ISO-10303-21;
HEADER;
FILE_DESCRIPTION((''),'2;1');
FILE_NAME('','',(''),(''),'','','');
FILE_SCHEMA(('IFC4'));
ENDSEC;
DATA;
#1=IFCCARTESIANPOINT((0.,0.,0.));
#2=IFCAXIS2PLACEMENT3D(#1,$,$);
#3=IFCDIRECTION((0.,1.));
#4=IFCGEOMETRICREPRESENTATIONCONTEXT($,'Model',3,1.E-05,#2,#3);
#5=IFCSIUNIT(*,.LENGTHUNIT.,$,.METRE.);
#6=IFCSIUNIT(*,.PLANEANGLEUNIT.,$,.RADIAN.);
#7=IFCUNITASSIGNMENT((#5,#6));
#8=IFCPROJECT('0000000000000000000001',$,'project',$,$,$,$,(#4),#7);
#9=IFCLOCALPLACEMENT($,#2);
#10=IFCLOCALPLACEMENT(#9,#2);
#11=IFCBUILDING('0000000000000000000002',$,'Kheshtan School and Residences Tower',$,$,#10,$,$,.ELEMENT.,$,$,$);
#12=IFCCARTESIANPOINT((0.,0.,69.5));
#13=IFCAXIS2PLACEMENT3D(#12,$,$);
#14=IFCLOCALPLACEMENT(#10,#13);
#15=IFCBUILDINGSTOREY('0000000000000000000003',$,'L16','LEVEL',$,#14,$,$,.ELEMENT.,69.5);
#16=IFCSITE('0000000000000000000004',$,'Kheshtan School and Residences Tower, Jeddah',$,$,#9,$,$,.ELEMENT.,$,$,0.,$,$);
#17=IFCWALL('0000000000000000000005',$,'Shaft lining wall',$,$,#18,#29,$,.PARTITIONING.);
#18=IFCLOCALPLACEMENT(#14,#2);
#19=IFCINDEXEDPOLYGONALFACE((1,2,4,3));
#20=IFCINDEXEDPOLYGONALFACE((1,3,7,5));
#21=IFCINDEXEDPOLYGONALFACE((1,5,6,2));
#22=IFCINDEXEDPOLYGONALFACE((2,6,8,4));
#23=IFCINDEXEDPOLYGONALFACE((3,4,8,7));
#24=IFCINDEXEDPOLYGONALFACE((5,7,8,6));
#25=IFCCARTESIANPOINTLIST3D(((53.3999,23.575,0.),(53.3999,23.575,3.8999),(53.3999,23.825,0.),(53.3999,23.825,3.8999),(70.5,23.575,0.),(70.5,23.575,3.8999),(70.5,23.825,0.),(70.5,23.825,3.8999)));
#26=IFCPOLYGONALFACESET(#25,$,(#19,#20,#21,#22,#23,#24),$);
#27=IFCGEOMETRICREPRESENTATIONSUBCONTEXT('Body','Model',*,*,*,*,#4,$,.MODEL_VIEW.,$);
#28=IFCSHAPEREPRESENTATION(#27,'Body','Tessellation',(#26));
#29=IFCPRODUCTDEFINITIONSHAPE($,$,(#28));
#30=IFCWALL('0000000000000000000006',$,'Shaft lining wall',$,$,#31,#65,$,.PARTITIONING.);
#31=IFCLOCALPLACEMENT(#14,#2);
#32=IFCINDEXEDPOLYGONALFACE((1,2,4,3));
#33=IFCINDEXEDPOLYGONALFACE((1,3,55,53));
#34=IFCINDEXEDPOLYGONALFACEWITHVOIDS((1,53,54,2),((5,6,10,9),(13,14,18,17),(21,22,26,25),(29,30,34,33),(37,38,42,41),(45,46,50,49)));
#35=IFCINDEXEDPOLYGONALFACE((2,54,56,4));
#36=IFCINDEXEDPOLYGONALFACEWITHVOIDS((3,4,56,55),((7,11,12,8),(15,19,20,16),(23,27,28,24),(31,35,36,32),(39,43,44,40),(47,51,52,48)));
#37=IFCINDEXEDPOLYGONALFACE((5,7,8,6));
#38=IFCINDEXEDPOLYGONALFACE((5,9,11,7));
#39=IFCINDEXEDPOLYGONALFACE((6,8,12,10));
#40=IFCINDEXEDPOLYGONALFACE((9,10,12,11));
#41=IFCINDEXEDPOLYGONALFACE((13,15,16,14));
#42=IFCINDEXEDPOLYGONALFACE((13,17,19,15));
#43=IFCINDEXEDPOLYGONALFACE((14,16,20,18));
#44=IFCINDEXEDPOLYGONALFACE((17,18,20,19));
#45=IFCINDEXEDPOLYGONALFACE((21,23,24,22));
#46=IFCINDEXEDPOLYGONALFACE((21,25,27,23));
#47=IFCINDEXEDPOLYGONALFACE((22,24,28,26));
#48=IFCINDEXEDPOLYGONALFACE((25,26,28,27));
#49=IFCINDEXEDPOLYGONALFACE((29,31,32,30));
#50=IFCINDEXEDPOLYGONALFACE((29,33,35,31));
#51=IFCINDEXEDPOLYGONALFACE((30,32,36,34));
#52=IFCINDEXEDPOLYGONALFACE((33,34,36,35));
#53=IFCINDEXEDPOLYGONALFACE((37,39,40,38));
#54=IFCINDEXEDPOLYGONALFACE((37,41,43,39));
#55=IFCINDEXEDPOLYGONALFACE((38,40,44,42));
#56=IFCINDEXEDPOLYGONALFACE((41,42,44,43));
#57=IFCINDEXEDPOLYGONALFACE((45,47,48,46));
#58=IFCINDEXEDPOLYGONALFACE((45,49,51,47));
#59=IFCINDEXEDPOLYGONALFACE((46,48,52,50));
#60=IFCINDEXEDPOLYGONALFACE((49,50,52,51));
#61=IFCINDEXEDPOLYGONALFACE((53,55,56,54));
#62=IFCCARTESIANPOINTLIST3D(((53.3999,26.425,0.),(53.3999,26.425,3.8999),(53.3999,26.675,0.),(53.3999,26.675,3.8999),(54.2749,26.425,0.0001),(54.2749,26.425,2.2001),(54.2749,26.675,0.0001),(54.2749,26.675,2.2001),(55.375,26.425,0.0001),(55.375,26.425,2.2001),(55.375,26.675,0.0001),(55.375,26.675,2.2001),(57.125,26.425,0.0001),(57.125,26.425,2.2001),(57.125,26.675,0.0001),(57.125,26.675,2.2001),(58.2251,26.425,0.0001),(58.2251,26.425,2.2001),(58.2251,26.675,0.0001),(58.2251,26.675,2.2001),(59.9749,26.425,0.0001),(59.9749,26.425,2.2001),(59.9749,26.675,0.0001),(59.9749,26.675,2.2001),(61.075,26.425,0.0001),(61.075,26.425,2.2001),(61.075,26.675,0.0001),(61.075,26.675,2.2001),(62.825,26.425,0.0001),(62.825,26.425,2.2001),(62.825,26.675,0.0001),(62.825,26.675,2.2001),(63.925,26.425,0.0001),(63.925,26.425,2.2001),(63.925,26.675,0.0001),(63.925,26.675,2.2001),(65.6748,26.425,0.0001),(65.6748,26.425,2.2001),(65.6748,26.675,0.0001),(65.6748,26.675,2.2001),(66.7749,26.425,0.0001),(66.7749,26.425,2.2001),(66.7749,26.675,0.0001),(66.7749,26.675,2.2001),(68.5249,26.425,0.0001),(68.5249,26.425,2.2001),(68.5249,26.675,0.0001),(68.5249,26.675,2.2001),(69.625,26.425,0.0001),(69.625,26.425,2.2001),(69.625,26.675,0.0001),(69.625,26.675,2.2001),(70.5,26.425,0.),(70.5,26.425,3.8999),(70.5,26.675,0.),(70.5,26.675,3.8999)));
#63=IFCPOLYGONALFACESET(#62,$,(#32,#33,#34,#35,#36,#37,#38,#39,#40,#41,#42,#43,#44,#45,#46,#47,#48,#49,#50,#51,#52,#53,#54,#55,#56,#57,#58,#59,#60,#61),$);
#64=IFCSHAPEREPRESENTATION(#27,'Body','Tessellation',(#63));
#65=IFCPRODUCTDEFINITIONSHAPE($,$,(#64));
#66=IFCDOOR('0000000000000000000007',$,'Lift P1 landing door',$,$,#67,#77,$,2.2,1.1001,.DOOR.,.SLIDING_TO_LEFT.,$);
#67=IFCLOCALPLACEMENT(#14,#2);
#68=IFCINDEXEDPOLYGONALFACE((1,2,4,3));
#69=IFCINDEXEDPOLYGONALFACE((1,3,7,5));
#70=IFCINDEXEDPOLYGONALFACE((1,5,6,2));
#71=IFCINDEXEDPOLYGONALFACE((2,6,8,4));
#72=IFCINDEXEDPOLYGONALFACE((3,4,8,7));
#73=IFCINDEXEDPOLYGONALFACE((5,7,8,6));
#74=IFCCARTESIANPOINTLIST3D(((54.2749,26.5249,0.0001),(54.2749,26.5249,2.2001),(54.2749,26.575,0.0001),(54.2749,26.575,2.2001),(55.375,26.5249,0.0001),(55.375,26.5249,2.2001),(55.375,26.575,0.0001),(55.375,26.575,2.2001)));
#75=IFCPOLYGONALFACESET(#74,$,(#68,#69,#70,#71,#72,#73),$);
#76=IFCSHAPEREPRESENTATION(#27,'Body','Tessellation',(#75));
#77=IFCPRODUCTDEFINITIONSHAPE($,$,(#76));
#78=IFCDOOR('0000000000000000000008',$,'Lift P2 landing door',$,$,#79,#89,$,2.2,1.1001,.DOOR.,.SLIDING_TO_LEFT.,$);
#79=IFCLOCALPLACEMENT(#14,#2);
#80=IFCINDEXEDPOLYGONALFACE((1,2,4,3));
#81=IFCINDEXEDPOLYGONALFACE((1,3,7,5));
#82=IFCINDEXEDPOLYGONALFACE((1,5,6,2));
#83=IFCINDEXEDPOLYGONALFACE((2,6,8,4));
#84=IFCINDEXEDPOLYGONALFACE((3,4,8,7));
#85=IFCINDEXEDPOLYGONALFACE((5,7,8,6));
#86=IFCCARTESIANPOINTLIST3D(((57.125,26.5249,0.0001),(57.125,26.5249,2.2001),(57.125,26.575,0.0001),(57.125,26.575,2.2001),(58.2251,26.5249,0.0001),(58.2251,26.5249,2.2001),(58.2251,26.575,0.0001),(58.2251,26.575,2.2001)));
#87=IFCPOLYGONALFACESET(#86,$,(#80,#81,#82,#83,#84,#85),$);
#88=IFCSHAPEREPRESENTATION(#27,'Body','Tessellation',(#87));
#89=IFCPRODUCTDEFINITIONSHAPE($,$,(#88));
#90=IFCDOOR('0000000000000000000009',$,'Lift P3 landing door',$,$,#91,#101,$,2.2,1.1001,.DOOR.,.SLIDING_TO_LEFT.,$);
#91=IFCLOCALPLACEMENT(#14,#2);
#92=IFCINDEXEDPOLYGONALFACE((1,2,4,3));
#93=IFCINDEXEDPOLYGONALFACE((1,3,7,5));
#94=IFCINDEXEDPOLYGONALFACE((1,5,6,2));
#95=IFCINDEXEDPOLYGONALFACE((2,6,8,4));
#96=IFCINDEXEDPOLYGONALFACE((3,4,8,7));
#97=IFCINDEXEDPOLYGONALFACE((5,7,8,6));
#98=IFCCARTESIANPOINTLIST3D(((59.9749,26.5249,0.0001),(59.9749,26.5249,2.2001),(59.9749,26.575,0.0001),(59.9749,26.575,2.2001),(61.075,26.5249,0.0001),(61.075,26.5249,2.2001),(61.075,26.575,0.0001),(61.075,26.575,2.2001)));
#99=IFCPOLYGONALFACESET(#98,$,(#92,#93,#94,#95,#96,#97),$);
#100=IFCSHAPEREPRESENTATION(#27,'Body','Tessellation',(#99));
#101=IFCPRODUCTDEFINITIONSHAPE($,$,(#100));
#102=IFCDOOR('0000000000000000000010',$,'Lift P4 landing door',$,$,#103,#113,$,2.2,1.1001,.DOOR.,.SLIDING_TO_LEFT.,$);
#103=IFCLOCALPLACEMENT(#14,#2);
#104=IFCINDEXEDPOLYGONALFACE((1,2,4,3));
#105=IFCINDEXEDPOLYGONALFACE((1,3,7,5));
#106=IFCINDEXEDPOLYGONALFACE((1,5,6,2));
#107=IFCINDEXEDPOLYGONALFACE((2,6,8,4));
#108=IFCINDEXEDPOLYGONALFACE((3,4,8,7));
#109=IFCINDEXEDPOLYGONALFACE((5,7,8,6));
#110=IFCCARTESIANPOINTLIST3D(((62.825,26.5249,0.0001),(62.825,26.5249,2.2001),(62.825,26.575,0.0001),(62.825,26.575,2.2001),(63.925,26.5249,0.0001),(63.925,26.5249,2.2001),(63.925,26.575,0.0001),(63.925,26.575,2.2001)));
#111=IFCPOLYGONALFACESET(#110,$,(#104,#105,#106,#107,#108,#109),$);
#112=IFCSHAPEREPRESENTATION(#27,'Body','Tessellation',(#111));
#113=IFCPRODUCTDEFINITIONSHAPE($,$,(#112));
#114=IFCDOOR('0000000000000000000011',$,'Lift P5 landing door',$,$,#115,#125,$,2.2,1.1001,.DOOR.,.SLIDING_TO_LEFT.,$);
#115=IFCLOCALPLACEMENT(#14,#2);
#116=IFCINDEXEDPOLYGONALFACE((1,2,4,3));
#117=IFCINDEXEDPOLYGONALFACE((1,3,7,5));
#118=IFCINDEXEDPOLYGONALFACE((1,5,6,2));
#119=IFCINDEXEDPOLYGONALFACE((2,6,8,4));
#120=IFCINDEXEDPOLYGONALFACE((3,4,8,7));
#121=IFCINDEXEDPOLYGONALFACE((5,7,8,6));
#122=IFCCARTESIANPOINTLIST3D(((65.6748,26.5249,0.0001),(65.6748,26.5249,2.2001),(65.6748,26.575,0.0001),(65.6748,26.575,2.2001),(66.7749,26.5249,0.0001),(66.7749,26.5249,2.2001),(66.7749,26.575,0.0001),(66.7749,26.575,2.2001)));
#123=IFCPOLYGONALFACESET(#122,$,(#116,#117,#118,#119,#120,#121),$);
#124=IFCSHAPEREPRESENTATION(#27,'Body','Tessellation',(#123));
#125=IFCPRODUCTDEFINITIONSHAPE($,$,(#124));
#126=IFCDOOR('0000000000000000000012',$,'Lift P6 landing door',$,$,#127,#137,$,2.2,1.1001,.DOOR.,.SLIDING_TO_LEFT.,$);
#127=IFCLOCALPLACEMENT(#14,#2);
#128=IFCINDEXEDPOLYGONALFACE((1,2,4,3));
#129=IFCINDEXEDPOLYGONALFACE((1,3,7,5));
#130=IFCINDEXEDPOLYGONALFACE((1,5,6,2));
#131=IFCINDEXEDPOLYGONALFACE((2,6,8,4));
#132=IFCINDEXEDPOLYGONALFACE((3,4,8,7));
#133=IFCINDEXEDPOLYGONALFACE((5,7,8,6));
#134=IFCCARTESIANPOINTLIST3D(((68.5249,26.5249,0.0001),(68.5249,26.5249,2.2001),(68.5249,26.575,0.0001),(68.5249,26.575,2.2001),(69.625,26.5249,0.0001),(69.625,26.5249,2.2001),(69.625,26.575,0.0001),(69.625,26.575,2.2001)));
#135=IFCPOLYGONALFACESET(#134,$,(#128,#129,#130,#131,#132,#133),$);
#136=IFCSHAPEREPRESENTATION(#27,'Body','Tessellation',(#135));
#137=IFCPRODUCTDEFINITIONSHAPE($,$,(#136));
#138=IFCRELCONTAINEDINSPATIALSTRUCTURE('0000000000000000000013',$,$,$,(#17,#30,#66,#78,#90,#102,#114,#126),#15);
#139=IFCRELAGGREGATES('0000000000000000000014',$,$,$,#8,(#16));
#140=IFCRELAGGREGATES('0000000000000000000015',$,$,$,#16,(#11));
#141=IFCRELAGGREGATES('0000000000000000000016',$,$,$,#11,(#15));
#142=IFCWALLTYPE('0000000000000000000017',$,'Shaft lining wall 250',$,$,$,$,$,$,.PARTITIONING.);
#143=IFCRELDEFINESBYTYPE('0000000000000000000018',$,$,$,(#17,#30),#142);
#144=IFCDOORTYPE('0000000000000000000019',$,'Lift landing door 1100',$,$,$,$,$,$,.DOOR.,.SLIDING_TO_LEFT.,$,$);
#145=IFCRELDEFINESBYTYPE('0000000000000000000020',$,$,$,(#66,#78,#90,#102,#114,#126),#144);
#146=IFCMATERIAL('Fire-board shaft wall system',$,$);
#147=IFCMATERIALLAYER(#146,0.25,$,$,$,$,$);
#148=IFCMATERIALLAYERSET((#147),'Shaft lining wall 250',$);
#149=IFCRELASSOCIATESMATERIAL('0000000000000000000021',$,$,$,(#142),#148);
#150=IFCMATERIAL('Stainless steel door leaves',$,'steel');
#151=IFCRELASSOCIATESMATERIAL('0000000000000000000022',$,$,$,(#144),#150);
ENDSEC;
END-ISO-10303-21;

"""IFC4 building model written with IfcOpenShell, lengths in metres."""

from ifc_helpers import new_model, si_unit, direction, frame, frame_2d, origin, place, context, subcontext, project, spatial, rectangle, extrude, source, transform, mapped, material, layer, layer_set, type_object, element, fill, save


model = new_model("IFC4")

# Units and contexts
model_context = context("Model", 3, precision=1e-05, world=origin(), true_north=direction((0.0, 1.0)))
body_context = subcontext(model_context, "Body", "Model", "MODEL_VIEW")
ifc_project = project(units=[si_unit("LENGTHUNIT", "METRE"), si_unit("PLANEANGLEUNIT", "RADIAN")], contexts=[model_context])

# Site, building, storey
site_placement = place(None, origin())
site = spatial("IfcSite", under=ifc_project, at=site_placement, Name="Kheshtan School and Residences Tower, Jeddah", CompositionType="ELEMENT", RefElevation=0.0)
building_placement = place(site_placement, origin())
building = spatial("IfcBuilding", under=site, at=building_placement, Name="Kheshtan School and Residences Tower", CompositionType="ELEMENT")
storey_placement = place(building_placement, frame((0.0, 0.0, 69.5)))
storey = spatial("IfcBuildingStorey", under=building, at=storey_placement, Name="L16", Description="LEVEL", CompositionType="ELEMENT", Elevation=69.5)

# Wall
ifc_material_1 = material(Name="Fire-board shaft wall system")
ifc_layer_1 = layer(ifc_material_1, 0.25)
ifc_layer_set_1 = layer_set([ifc_layer_1], Name="Shaft lining wall 250")
wall_type_1 = type_object("IfcWallType", Name="Shaft lining wall 250", PredefinedType="PARTITIONING", material=ifc_layer_set_1)
wall_1_placement = place(storey_placement, frame((53.3999, 23.7, 0.0), z_axis=(0.0, 0.0, 1.0), x_axis=(1.0, 0.0, 0.0)))
element("IfcWall", 1, at=wall_1_placement, inside=storey, type_object=wall_type_1, Name="Shaft lining wall", PredefinedType="PARTITIONING", context=body_context, shape_type="SweptSolid", body=[
    extrude(rectangle(XDim=17.1001, YDim=0.25, at=frame_2d((8.55, 0.0))), origin(), (0.0, 0.0, 1.0), 3.8999),
])

# Wall, openings, doors
wall_2_placement = place(storey_placement, frame((53.3999, 26.55, 0.0), z_axis=(0.0, 0.0, 1.0), x_axis=(1.0, 0.0, 0.0)))
wall_2 = element("IfcWall", 2, at=wall_2_placement, inside=storey, type_object=wall_type_1, Name="Shaft lining wall", PredefinedType="PARTITIONING", context=body_context, shape_type="SweptSolid", body=[
    extrude(rectangle(XDim=17.1001, YDim=0.25, at=frame_2d((8.55, 0.0))), origin(), (0.0, 0.0, 1.0), 3.8999),
])
opening_1_placement = place(wall_2_placement, frame((0.875, 0.0, 0.0)))
opening_1 = element("IfcOpeningElement", 3, at=opening_1_placement, cuts=wall_2, PredefinedType="OPENING", context=body_context, shape_type="SweptSolid", body=[
    extrude(rectangle(XDim=1.1001, YDim=2.2, at=frame_2d((0.55, 1.1001))), frame((0.0, 0.135, 0.0), z_axis=(0.0, -1.0, 0.0), x_axis=(1.0, 0.0, 0.0)), (0.0, 0.0, 1.0), 0.27),
])
opening_2_placement = place(wall_2_placement, frame((3.7251, 0.0, 0.0)))
opening_2 = element("IfcOpeningElement", 4, at=opening_2_placement, cuts=wall_2, PredefinedType="OPENING", context=body_context, shape_type="SweptSolid", body=[
    extrude(rectangle(XDim=1.1001, YDim=2.2, at=frame_2d((0.55, 1.1001))), frame((0.0, 0.135, 0.0), z_axis=(0.0, -1.0, 0.0), x_axis=(1.0, 0.0, 0.0)), (0.0, 0.0, 1.0), 0.27),
])
opening_3_placement = place(wall_2_placement, frame((6.575, 0.0, 0.0)))
opening_3 = element("IfcOpeningElement", 5, at=opening_3_placement, cuts=wall_2, PredefinedType="OPENING", context=body_context, shape_type="SweptSolid", body=[
    extrude(rectangle(XDim=1.1001, YDim=2.2, at=frame_2d((0.55, 1.1001))), frame((0.0, 0.135, 0.0), z_axis=(0.0, -1.0, 0.0), x_axis=(1.0, 0.0, 0.0)), (0.0, 0.0, 1.0), 0.27),
])
opening_4_placement = place(wall_2_placement, frame((9.425, 0.0, 0.0)))
opening_4 = element("IfcOpeningElement", 6, at=opening_4_placement, cuts=wall_2, PredefinedType="OPENING", context=body_context, shape_type="SweptSolid", body=[
    extrude(rectangle(XDim=1.1001, YDim=2.2, at=frame_2d((0.55, 1.1001))), frame((0.0, 0.135, 0.0), z_axis=(0.0, -1.0, 0.0), x_axis=(1.0, 0.0, 0.0)), (0.0, 0.0, 1.0), 0.27),
])
opening_5_placement = place(wall_2_placement, frame((12.2749, 0.0, 0.0)))
opening_5 = element("IfcOpeningElement", 7, at=opening_5_placement, cuts=wall_2, PredefinedType="OPENING", context=body_context, shape_type="SweptSolid", body=[
    extrude(rectangle(XDim=1.1001, YDim=2.2, at=frame_2d((0.55, 1.1001))), frame((0.0, 0.135, 0.0), z_axis=(0.0, -1.0, 0.0), x_axis=(1.0, 0.0, 0.0)), (0.0, 0.0, 1.0), 0.27),
])
opening_6_placement = place(wall_2_placement, frame((15.125, 0.0, 0.0)))
opening_6 = element("IfcOpeningElement", 8, at=opening_6_placement, cuts=wall_2, PredefinedType="OPENING", context=body_context, shape_type="SweptSolid", body=[
    extrude(rectangle(XDim=1.1001, YDim=2.2, at=frame_2d((0.55, 1.1001))), frame((0.0, 0.135, 0.0), z_axis=(0.0, -1.0, 0.0), x_axis=(1.0, 0.0, 0.0)), (0.0, 0.0, 1.0), 0.27),
])
ifc_material_2 = material(Name="Stainless steel door leaves", Category="steel")
door_type_1 = type_object("IfcDoorType", Name="Lift landing door 1100", OperationType="SLIDING_TO_LEFT", PredefinedType="DOOR", material=ifc_material_2)
shared_shape_1 = source(origin(), body_context, "Body", "SweptSolid", [
    extrude(rectangle(XDim=1.1001, YDim=2.2, at=frame_2d((0.55, 1.1001))), frame((0.0, 0.0249, 0.0), z_axis=(0.0, -1.0, 0.0), x_axis=(1.0, 0.0, 0.0)), (0.0, 0.0, 1.0), 0.05),
])
door_1_placement = place(opening_1_placement, origin())
door_1 = element("IfcDoor", 9, at=door_1_placement, inside=storey, type_object=door_type_1, Name="Lift P1 landing door", OperationType="SLIDING_TO_LEFT", OverallHeight=2.2, OverallWidth=1.1001, PredefinedType="DOOR", context=body_context, shape_type="MappedRepresentation", body=[
    mapped(shared_shape_1, transform((0.0, 0.0, 0.0), x_axis=(1.0, 0.0, 0.0), y_axis=(0.0, 1.0, 0.0), z_axis=(0.0, 0.0, 1.0), scale=1.0)),
])
fill(opening_1, door_1)
door_2_placement = place(opening_2_placement, origin())
door_2 = element("IfcDoor", 10, at=door_2_placement, inside=storey, type_object=door_type_1, Name="Lift P2 landing door", OperationType="SLIDING_TO_LEFT", OverallHeight=2.2, OverallWidth=1.1001, PredefinedType="DOOR", context=body_context, shape_type="MappedRepresentation", body=[
    mapped(shared_shape_1, transform((0.0, 0.0, 0.0), x_axis=(1.0, 0.0, 0.0), y_axis=(0.0, 1.0, 0.0), z_axis=(0.0, 0.0, 1.0), scale=1.0)),
])
fill(opening_2, door_2)
door_3_placement = place(opening_3_placement, origin())
door_3 = element("IfcDoor", 11, at=door_3_placement, inside=storey, type_object=door_type_1, Name="Lift P3 landing door", OperationType="SLIDING_TO_LEFT", OverallHeight=2.2, OverallWidth=1.1001, PredefinedType="DOOR", context=body_context, shape_type="MappedRepresentation", body=[
    mapped(shared_shape_1, transform((0.0, 0.0, 0.0), x_axis=(1.0, 0.0, 0.0), y_axis=(0.0, 1.0, 0.0), z_axis=(0.0, 0.0, 1.0), scale=1.0)),
])
fill(opening_3, door_3)
door_4_placement = place(opening_4_placement, origin())
door_4 = element("IfcDoor", 12, at=door_4_placement, inside=storey, type_object=door_type_1, Name="Lift P4 landing door", OperationType="SLIDING_TO_LEFT", OverallHeight=2.2, OverallWidth=1.1001, PredefinedType="DOOR", context=body_context, shape_type="MappedRepresentation", body=[
    mapped(shared_shape_1, transform((0.0, 0.0, 0.0), x_axis=(1.0, 0.0, 0.0), y_axis=(0.0, 1.0, 0.0), z_axis=(0.0, 0.0, 1.0), scale=1.0)),
])
fill(opening_4, door_4)
door_5_placement = place(opening_5_placement, origin())
door_5 = element("IfcDoor", 13, at=door_5_placement, inside=storey, type_object=door_type_1, Name="Lift P5 landing door", OperationType="SLIDING_TO_LEFT", OverallHeight=2.2, OverallWidth=1.1001, PredefinedType="DOOR", context=body_context, shape_type="MappedRepresentation", body=[
    mapped(shared_shape_1, transform((0.0, 0.0, 0.0), x_axis=(1.0, 0.0, 0.0), y_axis=(0.0, 1.0, 0.0), z_axis=(0.0, 0.0, 1.0), scale=1.0)),
])
fill(opening_5, door_5)
door_6_placement = place(opening_6_placement, origin())
door_6 = element("IfcDoor", 14, at=door_6_placement, inside=storey, type_object=door_type_1, Name="Lift P6 landing door", OperationType="SLIDING_TO_LEFT", OverallHeight=2.2, OverallWidth=1.1001, PredefinedType="DOOR", context=body_context, shape_type="MappedRepresentation", body=[
    mapped(shared_shape_1, transform((0.0, 0.0, 0.0), x_axis=(1.0, 0.0, 0.0), y_axis=(0.0, 1.0, 0.0), z_axis=(0.0, 0.0, 1.0), scale=1.0)),
])
fill(opening_6, door_6)

save(model, "model.ifc")
